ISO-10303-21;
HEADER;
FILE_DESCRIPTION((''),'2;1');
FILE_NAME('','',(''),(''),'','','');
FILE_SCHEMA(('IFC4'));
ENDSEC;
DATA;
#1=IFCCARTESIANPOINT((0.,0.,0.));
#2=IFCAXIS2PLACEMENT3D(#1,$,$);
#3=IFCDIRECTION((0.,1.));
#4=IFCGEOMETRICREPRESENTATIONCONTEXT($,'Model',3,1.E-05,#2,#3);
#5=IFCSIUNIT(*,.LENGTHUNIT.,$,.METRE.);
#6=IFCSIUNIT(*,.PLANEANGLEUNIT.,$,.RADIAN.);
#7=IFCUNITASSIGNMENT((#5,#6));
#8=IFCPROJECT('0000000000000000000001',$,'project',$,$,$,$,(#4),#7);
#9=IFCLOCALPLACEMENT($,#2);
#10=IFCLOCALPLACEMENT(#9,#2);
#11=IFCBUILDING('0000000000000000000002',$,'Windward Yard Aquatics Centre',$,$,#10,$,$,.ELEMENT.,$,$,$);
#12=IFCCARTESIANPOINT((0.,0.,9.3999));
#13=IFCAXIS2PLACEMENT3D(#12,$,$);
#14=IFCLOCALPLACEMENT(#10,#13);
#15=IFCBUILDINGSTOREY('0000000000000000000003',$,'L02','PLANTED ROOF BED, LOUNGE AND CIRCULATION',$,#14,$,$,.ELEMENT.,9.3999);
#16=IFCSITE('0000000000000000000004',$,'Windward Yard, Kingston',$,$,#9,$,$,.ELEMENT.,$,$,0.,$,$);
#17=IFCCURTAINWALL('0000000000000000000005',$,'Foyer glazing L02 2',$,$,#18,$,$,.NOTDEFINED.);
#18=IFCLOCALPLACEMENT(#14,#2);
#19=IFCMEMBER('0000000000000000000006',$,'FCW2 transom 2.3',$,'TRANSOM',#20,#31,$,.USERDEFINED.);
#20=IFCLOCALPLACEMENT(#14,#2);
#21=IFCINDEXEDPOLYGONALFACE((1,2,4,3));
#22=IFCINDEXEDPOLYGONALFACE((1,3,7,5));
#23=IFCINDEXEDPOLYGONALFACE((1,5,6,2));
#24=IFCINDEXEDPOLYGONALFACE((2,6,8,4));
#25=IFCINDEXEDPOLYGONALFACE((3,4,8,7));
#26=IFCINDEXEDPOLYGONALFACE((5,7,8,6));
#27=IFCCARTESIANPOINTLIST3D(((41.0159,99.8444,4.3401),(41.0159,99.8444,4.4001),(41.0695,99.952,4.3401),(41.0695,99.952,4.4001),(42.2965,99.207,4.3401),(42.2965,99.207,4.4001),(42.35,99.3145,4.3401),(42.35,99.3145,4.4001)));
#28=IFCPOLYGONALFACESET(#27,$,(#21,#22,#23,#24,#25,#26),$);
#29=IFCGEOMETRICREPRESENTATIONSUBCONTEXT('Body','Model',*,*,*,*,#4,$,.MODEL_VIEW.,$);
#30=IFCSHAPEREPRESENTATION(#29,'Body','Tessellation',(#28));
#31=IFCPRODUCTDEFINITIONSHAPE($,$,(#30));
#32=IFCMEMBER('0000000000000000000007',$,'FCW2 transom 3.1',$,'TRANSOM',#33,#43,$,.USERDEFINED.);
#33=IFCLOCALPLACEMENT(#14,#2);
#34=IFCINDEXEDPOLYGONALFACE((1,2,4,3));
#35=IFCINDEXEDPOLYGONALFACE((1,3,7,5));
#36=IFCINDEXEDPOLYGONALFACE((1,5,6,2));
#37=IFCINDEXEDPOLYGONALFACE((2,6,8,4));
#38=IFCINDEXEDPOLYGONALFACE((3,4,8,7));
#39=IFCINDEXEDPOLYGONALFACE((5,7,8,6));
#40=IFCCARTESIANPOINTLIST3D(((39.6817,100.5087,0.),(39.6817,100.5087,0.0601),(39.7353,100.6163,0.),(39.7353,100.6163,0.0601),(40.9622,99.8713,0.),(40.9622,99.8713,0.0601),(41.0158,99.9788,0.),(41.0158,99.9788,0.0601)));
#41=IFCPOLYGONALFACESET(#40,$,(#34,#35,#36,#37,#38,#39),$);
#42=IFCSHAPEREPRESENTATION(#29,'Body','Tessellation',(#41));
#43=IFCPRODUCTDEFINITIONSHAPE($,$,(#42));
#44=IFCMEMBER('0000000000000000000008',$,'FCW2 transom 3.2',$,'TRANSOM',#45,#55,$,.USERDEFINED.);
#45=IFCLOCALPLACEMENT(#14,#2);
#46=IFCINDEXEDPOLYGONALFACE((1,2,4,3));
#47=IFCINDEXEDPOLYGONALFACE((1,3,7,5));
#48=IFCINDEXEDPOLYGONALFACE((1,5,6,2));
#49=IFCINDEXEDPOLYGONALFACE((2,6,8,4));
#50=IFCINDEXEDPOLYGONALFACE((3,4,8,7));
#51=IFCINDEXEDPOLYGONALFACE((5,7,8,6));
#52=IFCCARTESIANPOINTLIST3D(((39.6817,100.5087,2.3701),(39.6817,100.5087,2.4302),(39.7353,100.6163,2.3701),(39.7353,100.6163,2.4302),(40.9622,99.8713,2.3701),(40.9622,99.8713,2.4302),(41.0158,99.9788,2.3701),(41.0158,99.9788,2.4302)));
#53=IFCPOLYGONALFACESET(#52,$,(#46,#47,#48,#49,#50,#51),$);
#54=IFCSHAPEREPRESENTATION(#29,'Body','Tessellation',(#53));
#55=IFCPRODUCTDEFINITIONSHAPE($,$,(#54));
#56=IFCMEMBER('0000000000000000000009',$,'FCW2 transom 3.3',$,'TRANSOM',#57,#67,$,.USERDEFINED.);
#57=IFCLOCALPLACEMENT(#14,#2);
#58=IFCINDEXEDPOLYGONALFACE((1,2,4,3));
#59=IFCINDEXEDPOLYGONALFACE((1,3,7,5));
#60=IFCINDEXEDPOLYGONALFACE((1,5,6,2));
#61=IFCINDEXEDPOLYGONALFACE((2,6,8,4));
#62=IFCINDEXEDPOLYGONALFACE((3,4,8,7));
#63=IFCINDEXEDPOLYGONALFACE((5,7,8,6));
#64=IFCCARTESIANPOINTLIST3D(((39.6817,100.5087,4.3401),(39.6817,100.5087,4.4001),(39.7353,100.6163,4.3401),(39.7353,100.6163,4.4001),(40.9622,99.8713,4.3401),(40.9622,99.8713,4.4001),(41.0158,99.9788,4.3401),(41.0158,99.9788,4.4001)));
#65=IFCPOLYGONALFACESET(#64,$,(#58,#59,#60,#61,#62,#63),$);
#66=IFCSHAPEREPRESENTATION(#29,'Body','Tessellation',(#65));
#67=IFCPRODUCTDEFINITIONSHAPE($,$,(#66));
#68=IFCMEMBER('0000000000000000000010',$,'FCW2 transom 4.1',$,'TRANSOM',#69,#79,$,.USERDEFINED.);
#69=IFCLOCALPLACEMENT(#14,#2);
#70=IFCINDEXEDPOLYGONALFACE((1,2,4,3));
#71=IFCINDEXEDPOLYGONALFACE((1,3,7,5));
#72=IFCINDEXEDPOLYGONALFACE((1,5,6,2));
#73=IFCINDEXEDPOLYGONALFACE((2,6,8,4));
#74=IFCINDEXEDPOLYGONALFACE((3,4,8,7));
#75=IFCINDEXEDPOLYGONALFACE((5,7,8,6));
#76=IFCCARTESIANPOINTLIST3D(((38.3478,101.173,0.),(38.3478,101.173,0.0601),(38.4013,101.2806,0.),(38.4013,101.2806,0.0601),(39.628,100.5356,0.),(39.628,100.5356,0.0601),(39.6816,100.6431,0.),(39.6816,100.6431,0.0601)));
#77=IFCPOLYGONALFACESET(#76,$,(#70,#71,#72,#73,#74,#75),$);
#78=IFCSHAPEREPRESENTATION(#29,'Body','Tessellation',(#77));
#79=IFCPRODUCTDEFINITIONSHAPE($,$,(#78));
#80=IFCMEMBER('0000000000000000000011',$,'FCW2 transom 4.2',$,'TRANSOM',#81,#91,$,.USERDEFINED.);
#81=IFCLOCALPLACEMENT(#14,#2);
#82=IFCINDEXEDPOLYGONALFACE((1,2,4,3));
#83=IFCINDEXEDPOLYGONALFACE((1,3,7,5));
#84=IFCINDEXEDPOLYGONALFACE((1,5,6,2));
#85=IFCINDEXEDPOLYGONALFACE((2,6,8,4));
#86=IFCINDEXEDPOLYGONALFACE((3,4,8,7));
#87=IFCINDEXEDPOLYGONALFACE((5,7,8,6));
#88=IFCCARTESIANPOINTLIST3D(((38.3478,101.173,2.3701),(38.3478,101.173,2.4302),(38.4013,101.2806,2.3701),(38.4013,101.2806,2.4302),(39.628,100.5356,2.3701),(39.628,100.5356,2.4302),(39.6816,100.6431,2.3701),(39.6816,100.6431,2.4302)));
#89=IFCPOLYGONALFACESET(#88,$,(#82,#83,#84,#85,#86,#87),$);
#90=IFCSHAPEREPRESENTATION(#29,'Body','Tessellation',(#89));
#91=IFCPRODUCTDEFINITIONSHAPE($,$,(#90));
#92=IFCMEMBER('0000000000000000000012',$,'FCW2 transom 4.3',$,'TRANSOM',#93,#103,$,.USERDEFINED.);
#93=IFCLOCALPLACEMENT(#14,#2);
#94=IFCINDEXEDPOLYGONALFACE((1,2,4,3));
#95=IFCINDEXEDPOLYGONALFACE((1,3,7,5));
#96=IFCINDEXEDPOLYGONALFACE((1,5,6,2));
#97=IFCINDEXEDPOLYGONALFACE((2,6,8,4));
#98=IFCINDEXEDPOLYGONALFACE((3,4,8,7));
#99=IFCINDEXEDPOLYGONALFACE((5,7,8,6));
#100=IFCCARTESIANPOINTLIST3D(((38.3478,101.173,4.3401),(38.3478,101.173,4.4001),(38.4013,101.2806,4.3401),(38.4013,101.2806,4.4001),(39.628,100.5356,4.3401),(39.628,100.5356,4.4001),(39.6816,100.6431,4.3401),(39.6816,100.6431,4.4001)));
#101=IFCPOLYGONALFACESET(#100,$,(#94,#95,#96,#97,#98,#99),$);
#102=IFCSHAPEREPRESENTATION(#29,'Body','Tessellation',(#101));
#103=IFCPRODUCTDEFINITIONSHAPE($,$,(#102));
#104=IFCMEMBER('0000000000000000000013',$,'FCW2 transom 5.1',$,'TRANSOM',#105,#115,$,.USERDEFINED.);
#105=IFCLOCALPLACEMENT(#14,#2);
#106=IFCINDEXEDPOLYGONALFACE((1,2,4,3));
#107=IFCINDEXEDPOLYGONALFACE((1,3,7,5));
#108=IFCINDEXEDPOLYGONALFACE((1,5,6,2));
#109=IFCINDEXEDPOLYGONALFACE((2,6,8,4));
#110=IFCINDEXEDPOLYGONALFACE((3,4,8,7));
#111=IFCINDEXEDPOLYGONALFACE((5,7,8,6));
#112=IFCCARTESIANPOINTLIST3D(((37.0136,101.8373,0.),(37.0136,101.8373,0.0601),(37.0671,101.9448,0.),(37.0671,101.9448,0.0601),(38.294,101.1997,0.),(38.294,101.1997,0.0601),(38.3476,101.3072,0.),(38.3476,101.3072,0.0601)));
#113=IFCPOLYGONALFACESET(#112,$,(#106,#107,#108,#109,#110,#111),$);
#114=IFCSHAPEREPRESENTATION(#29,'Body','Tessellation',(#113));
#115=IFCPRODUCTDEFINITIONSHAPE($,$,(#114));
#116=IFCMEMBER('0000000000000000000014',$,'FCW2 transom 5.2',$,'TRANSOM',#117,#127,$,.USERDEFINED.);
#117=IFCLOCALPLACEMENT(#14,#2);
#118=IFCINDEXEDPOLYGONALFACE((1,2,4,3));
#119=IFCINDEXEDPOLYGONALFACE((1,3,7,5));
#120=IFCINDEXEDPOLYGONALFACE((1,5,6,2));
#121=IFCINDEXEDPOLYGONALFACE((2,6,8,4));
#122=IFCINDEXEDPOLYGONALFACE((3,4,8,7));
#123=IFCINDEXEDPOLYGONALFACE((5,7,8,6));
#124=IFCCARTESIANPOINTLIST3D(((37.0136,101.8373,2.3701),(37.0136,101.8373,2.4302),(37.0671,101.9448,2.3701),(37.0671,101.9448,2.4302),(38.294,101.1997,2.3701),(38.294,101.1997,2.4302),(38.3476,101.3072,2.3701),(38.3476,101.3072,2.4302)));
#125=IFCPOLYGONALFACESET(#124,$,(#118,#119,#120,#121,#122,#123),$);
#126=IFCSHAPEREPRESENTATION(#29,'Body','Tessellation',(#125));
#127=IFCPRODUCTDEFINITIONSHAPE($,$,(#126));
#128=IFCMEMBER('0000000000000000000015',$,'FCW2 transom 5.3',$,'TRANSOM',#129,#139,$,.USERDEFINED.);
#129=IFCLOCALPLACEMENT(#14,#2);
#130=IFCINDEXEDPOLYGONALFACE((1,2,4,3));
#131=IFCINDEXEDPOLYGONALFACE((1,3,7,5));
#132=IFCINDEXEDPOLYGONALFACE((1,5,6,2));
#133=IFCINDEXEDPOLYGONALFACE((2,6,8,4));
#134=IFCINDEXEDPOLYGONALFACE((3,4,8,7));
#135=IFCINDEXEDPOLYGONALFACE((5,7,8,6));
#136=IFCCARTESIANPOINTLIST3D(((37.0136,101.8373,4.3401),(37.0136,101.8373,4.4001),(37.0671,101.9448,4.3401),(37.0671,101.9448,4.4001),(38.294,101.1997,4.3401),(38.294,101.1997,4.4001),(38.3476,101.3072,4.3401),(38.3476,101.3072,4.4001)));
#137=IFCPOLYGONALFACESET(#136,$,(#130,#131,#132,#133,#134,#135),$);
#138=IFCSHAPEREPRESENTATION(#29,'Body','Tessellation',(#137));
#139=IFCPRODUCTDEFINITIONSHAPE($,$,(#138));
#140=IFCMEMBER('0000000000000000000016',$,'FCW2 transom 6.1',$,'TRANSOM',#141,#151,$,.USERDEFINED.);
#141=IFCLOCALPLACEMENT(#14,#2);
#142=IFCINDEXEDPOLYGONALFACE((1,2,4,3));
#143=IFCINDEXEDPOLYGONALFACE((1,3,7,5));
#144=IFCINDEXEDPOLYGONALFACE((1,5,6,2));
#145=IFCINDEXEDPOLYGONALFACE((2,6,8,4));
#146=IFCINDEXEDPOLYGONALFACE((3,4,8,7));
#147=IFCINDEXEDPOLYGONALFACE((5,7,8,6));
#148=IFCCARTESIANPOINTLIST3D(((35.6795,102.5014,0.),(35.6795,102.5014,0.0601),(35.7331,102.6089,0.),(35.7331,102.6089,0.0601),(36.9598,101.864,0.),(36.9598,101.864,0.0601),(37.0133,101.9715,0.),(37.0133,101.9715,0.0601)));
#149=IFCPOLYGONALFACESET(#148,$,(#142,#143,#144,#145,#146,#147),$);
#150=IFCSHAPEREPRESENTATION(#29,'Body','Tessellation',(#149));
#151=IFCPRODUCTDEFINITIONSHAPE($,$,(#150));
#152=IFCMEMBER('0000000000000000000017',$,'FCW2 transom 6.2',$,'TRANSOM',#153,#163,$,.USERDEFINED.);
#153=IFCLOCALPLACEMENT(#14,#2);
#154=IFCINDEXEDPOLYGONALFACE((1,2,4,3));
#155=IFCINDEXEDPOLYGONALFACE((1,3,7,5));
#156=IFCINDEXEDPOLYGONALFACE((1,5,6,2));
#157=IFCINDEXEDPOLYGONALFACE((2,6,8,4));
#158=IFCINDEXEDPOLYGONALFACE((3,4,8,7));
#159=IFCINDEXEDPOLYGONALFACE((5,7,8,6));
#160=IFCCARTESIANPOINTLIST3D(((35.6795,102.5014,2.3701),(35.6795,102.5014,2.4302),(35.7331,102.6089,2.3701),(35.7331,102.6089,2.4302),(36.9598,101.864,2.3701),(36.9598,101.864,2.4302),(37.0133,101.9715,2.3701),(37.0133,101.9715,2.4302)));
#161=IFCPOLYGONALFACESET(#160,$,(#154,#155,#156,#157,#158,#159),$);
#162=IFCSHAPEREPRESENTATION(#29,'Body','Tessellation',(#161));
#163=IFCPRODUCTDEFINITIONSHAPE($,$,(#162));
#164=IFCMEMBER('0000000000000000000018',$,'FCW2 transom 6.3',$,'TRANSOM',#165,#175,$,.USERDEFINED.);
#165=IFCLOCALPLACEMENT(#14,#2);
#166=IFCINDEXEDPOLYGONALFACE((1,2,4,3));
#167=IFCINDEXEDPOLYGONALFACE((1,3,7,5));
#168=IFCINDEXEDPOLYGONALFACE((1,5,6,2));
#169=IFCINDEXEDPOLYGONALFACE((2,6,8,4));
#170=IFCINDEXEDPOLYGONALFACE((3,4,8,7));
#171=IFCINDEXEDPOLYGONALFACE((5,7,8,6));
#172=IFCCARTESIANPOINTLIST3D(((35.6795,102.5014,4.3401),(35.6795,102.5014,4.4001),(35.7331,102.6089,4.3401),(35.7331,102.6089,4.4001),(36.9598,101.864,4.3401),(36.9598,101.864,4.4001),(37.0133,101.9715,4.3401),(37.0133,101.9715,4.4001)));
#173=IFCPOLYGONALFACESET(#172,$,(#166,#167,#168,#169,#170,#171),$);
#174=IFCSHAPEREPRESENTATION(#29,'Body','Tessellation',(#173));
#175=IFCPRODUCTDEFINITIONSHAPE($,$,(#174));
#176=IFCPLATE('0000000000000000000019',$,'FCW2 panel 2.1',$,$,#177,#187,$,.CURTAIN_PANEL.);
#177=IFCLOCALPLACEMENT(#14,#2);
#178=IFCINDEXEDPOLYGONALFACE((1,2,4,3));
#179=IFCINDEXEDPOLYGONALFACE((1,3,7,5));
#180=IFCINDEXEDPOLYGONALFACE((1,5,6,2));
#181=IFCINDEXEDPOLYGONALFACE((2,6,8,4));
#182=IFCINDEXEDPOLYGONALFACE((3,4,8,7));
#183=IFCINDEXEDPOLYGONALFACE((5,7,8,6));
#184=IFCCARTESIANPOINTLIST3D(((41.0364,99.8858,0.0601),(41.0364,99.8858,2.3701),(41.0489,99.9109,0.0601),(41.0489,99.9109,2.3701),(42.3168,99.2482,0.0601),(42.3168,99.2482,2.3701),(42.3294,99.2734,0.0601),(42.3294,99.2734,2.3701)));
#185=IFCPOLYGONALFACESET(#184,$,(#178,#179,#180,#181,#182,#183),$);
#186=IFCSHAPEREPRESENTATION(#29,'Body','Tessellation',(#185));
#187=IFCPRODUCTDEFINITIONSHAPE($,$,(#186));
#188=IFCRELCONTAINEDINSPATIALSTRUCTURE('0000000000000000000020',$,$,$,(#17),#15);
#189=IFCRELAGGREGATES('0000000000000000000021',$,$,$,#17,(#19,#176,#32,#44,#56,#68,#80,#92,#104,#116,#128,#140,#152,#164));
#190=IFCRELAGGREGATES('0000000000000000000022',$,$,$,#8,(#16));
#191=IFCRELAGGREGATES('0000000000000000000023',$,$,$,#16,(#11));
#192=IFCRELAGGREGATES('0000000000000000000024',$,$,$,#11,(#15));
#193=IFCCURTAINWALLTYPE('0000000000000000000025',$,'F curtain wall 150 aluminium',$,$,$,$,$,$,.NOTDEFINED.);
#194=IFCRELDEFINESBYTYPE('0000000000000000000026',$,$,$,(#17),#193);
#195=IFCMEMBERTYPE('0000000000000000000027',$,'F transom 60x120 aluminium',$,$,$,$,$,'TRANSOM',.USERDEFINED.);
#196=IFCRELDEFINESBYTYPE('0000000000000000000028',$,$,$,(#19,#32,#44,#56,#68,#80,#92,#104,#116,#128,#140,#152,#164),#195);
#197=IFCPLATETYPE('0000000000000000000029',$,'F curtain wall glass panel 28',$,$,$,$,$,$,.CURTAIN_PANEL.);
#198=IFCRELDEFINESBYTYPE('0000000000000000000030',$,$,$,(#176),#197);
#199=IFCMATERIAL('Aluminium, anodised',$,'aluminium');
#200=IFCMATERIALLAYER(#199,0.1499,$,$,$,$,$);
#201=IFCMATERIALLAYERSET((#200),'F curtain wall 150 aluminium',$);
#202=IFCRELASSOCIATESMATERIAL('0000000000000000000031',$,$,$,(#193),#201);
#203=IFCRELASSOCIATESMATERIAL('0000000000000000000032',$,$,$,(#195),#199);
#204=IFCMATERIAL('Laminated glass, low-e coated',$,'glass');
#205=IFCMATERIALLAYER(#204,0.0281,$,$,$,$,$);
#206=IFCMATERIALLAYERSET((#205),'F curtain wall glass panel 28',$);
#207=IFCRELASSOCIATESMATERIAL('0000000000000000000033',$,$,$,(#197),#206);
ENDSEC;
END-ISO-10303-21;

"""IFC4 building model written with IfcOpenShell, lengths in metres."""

from ifc_helpers import new_model, si_unit, direction, frame, origin, origin_2d, place, context, subcontext, project, spatial, rectangle, extrude, material, layer, layer_set, material_profile, profile_set, type_object, element, aggregate, save


model = new_model("IFC4")

# Units and contexts
model_context = context("Model", 3, precision=1e-05, world=origin(), true_north=direction((0.0, 1.0)))
body_context = subcontext(model_context, "Body", "Model", "MODEL_VIEW")
ifc_project = project(units=[si_unit("LENGTHUNIT", "METRE"), si_unit("PLANEANGLEUNIT", "RADIAN")], contexts=[model_context])

# Site, building, storey
site_placement = place(None, origin())
site = spatial("IfcSite", under=ifc_project, at=site_placement, Name="Windward Yard, Kingston", CompositionType="ELEMENT", RefElevation=0.0)
building_placement = place(site_placement, origin())
building = spatial("IfcBuilding", under=site, at=building_placement, Name="Windward Yard Aquatics Centre", CompositionType="ELEMENT")
storey_placement = place(building_placement, frame((0.0, 0.0, 9.3999)))
storey = spatial("IfcBuildingStorey", under=building, at=storey_placement, Name="L02", Description="PLANTED ROOF BED, LOUNGE AND CIRCULATION", CompositionType="ELEMENT", Elevation=9.3999)

# Curtain wall, members, plate
ifc_material_1 = material(Name="Aluminium, anodised", Category="aluminium")
ifc_layer_1 = layer(ifc_material_1, 0.1499)
ifc_layer_set_1 = layer_set([ifc_layer_1], Name="F curtain wall 150 aluminium")
curtain_wall_type = type_object("IfcCurtainWallType", Name="F curtain wall 150 aluminium", PredefinedType="NOTDEFINED", material=ifc_layer_set_1)
curtain_wall_placement = place(storey_placement, origin())
curtain_wall = element("IfcCurtainWall", 1, at=curtain_wall_placement, inside=storey, type_object=curtain_wall_type, Name="Foyer glazing L02 2", PredefinedType="NOTDEFINED")
ifc_material_profile_1 = material_profile(ifc_material_1, rectangle(XDim=0.1201, YDim=0.0601, at=origin_2d()), Name="TRANSOM 60x120")
ifc_profile_set_1 = profile_set([ifc_material_profile_1], Name="Aluminium, anodised")
member_type_1 = type_object("IfcMemberType", Name="F transom 60x120 aluminium", ElementType="TRANSOM", PredefinedType="USERDEFINED", material=ifc_profile_set_1)
member_1_placement = place(storey_placement, frame((42.3232, 99.2607, 4.3701), z_axis=(-0.895211, 0.445643, 0.0), x_axis=(-0.445643, -0.895211, 0.0)))
member_1 = element("IfcMember", 2, at=member_1_placement, type_object=member_type_1, Name="FCW2 transom 2.3", ObjectType="TRANSOM", PredefinedType="USERDEFINED", context=body_context, shape_type="SweptSolid", body=[
    extrude(rectangle(XDim=0.1201, YDim=0.0601, at=origin_2d()), origin(), (0.0, 0.0, 1.0), 1.4304),
])
member_2_placement = place(storey_placement, frame((40.989, 99.925, 0.03), z_axis=(-0.895211, 0.445643, 0.0), x_axis=(-0.445643, -0.895211, 0.0)))
member_2 = element("IfcMember", 3, at=member_2_placement, type_object=member_type_1, Name="FCW2 transom 3.1", ObjectType="TRANSOM", PredefinedType="USERDEFINED", context=body_context, shape_type="SweptSolid", body=[
    extrude(rectangle(XDim=0.1201, YDim=0.0601, at=origin_2d()), origin(), (0.0, 0.0, 1.0), 1.4304),
])
member_3_placement = place(storey_placement, frame((40.989, 99.925, 2.4001), z_axis=(-0.895211, 0.445643, 0.0), x_axis=(-0.445643, -0.895211, 0.0)))
member_3 = element("IfcMember", 4, at=member_3_placement, type_object=member_type_1, Name="FCW2 transom 3.2", ObjectType="TRANSOM", PredefinedType="USERDEFINED", context=body_context, shape_type="SweptSolid", body=[
    extrude(rectangle(XDim=0.1201, YDim=0.0601, at=origin_2d()), origin(), (0.0, 0.0, 1.0), 1.4304),
])
member_4_placement = place(storey_placement, frame((40.989, 99.925, 4.3701), z_axis=(-0.895211, 0.445643, 0.0), x_axis=(-0.445643, -0.895211, 0.0)))
member_4 = element("IfcMember", 5, at=member_4_placement, type_object=member_type_1, Name="FCW2 transom 3.3", ObjectType="TRANSOM", PredefinedType="USERDEFINED", context=body_context, shape_type="SweptSolid", body=[
    extrude(rectangle(XDim=0.1201, YDim=0.0601, at=origin_2d()), origin(), (0.0, 0.0, 1.0), 1.4304),
])
member_5_placement = place(storey_placement, frame((39.6548, 100.5894, 0.03), z_axis=(-0.895177, 0.445711, 0.0), x_axis=(-0.445711, -0.895177, 0.0)))
member_5 = element("IfcMember", 6, at=member_5_placement, type_object=member_type_1, Name="FCW2 transom 4.1", ObjectType="TRANSOM", PredefinedType="USERDEFINED", context=body_context, shape_type="SweptSolid", body=[
    extrude(rectangle(XDim=0.1201, YDim=0.0601, at=origin_2d()), origin(), (0.0, 0.0, 1.0), 1.4302),
])
member_6_placement = place(storey_placement, frame((39.6548, 100.5894, 2.4001), z_axis=(-0.895177, 0.445711, 0.0), x_axis=(-0.445711, -0.895177, 0.0)))
member_6 = element("IfcMember", 7, at=member_6_placement, type_object=member_type_1, Name="FCW2 transom 4.2", ObjectType="TRANSOM", PredefinedType="USERDEFINED", context=body_context, shape_type="SweptSolid", body=[
    extrude(rectangle(XDim=0.1201, YDim=0.0601, at=origin_2d()), origin(), (0.0, 0.0, 1.0), 1.4302),
])
member_7_placement = place(storey_placement, frame((39.6548, 100.5894, 4.3701), z_axis=(-0.895177, 0.445711, 0.0), x_axis=(-0.445711, -0.895177, 0.0)))
member_7 = element("IfcMember", 8, at=member_7_placement, type_object=member_type_1, Name="FCW2 transom 4.3", ObjectType="TRANSOM", PredefinedType="USERDEFINED", context=body_context, shape_type="SweptSolid", body=[
    extrude(rectangle(XDim=0.1201, YDim=0.0601, at=origin_2d()), origin(), (0.0, 0.0, 1.0), 1.4302),
])
member_8_placement = place(storey_placement, frame((38.3208, 101.2534, 0.03), z_axis=(-0.895143, 0.445779, 0.0), x_axis=(-0.445779, -0.895143, 0.0)))
member_8 = element("IfcMember", 9, at=member_8_placement, type_object=member_type_1, Name="FCW2 transom 5.1", ObjectType="TRANSOM", PredefinedType="USERDEFINED", context=body_context, shape_type="SweptSolid", body=[
    extrude(rectangle(XDim=0.1201, YDim=0.0601, at=origin_2d()), origin(), (0.0, 0.0, 1.0), 1.4304),
])
member_9_placement = place(storey_placement, frame((38.3208, 101.2534, 2.4001), z_axis=(-0.895143, 0.445779, 0.0), x_axis=(-0.445779, -0.895143, 0.0)))
member_9 = element("IfcMember", 10, at=member_9_placement, type_object=member_type_1, Name="FCW2 transom 5.2", ObjectType="TRANSOM", PredefinedType="USERDEFINED", context=body_context, shape_type="SweptSolid", body=[
    extrude(rectangle(XDim=0.1201, YDim=0.0601, at=origin_2d()), origin(), (0.0, 0.0, 1.0), 1.4304),
])
member_10_placement = place(storey_placement, frame((38.3208, 101.2534, 4.3701), z_axis=(-0.895143, 0.445779, 0.0), x_axis=(-0.445779, -0.895143, 0.0)))
member_10 = element("IfcMember", 11, at=member_10_placement, type_object=member_type_1, Name="FCW2 transom 5.3", ObjectType="TRANSOM", PredefinedType="USERDEFINED", context=body_context, shape_type="SweptSolid", body=[
    extrude(rectangle(XDim=0.1201, YDim=0.0601, at=origin_2d()), origin(), (0.0, 0.0, 1.0), 1.4304),
])
member_11_placement = place(storey_placement, frame((36.9866, 101.9177, 0.03), z_axis=(-0.895177, 0.445711, 0.0), x_axis=(-0.445711, -0.895177, 0.0)))
member_11 = element("IfcMember", 12, at=member_11_placement, type_object=member_type_1, Name="FCW2 transom 6.1", ObjectType="TRANSOM", PredefinedType="USERDEFINED", context=body_context, shape_type="SweptSolid", body=[
    extrude(rectangle(XDim=0.1201, YDim=0.0601, at=origin_2d()), origin(), (0.0, 0.0, 1.0), 1.4302),
])
member_12_placement = place(storey_placement, frame((36.9866, 101.9177, 2.4001), z_axis=(-0.895177, 0.445711, 0.0), x_axis=(-0.445711, -0.895177, 0.0)))
member_12 = element("IfcMember", 13, at=member_12_placement, type_object=member_type_1, Name="FCW2 transom 6.2", ObjectType="TRANSOM", PredefinedType="USERDEFINED", context=body_context, shape_type="SweptSolid", body=[
    extrude(rectangle(XDim=0.1201, YDim=0.0601, at=origin_2d()), origin(), (0.0, 0.0, 1.0), 1.4302),
])
member_13_placement = place(storey_placement, frame((36.9866, 101.9177, 4.3701), z_axis=(-0.895177, 0.445711, 0.0), x_axis=(-0.445711, -0.895177, 0.0)))
member_13 = element("IfcMember", 14, at=member_13_placement, type_object=member_type_1, Name="FCW2 transom 6.3", ObjectType="TRANSOM", PredefinedType="USERDEFINED", context=body_context, shape_type="SweptSolid", body=[
    extrude(rectangle(XDim=0.1201, YDim=0.0601, at=origin_2d()), origin(), (0.0, 0.0, 1.0), 1.4302),
])
ifc_material_2 = material(Name="Laminated glass, low-e coated", Category="glass")
ifc_layer_2 = layer(ifc_material_2, 0.0281)
ifc_layer_set_2 = layer_set([ifc_layer_2], Name="F curtain wall glass panel 28")
plate_type_1 = type_object("IfcPlateType", Name="F curtain wall glass panel 28", PredefinedType="CURTAIN_PANEL", material=ifc_layer_set_2)
plate_1_placement = place(storey_placement, frame((41.6829, 99.5796, 0.0601), z_axis=(0.0, 0.0, 1.0), x_axis=(-0.895179, 0.445707, 0.0)))
plate_1 = element("IfcPlate", 15, at=plate_1_placement, type_object=plate_type_1, Name="FCW2 panel 2.1", PredefinedType="CURTAIN_PANEL", context=body_context, shape_type="SweptSolid", body=[
    extrude(rectangle(XDim=1.4304, YDim=0.0281, at=origin_2d()), origin(), (0.0, 0.0, 1.0), 2.3101),
])
aggregate(curtain_wall, [member_1, plate_1, member_2, member_3, member_4, member_5, member_6, member_7, member_8, member_9, member_10, member_11, member_12, member_13])

save(model, "model.ifc")
